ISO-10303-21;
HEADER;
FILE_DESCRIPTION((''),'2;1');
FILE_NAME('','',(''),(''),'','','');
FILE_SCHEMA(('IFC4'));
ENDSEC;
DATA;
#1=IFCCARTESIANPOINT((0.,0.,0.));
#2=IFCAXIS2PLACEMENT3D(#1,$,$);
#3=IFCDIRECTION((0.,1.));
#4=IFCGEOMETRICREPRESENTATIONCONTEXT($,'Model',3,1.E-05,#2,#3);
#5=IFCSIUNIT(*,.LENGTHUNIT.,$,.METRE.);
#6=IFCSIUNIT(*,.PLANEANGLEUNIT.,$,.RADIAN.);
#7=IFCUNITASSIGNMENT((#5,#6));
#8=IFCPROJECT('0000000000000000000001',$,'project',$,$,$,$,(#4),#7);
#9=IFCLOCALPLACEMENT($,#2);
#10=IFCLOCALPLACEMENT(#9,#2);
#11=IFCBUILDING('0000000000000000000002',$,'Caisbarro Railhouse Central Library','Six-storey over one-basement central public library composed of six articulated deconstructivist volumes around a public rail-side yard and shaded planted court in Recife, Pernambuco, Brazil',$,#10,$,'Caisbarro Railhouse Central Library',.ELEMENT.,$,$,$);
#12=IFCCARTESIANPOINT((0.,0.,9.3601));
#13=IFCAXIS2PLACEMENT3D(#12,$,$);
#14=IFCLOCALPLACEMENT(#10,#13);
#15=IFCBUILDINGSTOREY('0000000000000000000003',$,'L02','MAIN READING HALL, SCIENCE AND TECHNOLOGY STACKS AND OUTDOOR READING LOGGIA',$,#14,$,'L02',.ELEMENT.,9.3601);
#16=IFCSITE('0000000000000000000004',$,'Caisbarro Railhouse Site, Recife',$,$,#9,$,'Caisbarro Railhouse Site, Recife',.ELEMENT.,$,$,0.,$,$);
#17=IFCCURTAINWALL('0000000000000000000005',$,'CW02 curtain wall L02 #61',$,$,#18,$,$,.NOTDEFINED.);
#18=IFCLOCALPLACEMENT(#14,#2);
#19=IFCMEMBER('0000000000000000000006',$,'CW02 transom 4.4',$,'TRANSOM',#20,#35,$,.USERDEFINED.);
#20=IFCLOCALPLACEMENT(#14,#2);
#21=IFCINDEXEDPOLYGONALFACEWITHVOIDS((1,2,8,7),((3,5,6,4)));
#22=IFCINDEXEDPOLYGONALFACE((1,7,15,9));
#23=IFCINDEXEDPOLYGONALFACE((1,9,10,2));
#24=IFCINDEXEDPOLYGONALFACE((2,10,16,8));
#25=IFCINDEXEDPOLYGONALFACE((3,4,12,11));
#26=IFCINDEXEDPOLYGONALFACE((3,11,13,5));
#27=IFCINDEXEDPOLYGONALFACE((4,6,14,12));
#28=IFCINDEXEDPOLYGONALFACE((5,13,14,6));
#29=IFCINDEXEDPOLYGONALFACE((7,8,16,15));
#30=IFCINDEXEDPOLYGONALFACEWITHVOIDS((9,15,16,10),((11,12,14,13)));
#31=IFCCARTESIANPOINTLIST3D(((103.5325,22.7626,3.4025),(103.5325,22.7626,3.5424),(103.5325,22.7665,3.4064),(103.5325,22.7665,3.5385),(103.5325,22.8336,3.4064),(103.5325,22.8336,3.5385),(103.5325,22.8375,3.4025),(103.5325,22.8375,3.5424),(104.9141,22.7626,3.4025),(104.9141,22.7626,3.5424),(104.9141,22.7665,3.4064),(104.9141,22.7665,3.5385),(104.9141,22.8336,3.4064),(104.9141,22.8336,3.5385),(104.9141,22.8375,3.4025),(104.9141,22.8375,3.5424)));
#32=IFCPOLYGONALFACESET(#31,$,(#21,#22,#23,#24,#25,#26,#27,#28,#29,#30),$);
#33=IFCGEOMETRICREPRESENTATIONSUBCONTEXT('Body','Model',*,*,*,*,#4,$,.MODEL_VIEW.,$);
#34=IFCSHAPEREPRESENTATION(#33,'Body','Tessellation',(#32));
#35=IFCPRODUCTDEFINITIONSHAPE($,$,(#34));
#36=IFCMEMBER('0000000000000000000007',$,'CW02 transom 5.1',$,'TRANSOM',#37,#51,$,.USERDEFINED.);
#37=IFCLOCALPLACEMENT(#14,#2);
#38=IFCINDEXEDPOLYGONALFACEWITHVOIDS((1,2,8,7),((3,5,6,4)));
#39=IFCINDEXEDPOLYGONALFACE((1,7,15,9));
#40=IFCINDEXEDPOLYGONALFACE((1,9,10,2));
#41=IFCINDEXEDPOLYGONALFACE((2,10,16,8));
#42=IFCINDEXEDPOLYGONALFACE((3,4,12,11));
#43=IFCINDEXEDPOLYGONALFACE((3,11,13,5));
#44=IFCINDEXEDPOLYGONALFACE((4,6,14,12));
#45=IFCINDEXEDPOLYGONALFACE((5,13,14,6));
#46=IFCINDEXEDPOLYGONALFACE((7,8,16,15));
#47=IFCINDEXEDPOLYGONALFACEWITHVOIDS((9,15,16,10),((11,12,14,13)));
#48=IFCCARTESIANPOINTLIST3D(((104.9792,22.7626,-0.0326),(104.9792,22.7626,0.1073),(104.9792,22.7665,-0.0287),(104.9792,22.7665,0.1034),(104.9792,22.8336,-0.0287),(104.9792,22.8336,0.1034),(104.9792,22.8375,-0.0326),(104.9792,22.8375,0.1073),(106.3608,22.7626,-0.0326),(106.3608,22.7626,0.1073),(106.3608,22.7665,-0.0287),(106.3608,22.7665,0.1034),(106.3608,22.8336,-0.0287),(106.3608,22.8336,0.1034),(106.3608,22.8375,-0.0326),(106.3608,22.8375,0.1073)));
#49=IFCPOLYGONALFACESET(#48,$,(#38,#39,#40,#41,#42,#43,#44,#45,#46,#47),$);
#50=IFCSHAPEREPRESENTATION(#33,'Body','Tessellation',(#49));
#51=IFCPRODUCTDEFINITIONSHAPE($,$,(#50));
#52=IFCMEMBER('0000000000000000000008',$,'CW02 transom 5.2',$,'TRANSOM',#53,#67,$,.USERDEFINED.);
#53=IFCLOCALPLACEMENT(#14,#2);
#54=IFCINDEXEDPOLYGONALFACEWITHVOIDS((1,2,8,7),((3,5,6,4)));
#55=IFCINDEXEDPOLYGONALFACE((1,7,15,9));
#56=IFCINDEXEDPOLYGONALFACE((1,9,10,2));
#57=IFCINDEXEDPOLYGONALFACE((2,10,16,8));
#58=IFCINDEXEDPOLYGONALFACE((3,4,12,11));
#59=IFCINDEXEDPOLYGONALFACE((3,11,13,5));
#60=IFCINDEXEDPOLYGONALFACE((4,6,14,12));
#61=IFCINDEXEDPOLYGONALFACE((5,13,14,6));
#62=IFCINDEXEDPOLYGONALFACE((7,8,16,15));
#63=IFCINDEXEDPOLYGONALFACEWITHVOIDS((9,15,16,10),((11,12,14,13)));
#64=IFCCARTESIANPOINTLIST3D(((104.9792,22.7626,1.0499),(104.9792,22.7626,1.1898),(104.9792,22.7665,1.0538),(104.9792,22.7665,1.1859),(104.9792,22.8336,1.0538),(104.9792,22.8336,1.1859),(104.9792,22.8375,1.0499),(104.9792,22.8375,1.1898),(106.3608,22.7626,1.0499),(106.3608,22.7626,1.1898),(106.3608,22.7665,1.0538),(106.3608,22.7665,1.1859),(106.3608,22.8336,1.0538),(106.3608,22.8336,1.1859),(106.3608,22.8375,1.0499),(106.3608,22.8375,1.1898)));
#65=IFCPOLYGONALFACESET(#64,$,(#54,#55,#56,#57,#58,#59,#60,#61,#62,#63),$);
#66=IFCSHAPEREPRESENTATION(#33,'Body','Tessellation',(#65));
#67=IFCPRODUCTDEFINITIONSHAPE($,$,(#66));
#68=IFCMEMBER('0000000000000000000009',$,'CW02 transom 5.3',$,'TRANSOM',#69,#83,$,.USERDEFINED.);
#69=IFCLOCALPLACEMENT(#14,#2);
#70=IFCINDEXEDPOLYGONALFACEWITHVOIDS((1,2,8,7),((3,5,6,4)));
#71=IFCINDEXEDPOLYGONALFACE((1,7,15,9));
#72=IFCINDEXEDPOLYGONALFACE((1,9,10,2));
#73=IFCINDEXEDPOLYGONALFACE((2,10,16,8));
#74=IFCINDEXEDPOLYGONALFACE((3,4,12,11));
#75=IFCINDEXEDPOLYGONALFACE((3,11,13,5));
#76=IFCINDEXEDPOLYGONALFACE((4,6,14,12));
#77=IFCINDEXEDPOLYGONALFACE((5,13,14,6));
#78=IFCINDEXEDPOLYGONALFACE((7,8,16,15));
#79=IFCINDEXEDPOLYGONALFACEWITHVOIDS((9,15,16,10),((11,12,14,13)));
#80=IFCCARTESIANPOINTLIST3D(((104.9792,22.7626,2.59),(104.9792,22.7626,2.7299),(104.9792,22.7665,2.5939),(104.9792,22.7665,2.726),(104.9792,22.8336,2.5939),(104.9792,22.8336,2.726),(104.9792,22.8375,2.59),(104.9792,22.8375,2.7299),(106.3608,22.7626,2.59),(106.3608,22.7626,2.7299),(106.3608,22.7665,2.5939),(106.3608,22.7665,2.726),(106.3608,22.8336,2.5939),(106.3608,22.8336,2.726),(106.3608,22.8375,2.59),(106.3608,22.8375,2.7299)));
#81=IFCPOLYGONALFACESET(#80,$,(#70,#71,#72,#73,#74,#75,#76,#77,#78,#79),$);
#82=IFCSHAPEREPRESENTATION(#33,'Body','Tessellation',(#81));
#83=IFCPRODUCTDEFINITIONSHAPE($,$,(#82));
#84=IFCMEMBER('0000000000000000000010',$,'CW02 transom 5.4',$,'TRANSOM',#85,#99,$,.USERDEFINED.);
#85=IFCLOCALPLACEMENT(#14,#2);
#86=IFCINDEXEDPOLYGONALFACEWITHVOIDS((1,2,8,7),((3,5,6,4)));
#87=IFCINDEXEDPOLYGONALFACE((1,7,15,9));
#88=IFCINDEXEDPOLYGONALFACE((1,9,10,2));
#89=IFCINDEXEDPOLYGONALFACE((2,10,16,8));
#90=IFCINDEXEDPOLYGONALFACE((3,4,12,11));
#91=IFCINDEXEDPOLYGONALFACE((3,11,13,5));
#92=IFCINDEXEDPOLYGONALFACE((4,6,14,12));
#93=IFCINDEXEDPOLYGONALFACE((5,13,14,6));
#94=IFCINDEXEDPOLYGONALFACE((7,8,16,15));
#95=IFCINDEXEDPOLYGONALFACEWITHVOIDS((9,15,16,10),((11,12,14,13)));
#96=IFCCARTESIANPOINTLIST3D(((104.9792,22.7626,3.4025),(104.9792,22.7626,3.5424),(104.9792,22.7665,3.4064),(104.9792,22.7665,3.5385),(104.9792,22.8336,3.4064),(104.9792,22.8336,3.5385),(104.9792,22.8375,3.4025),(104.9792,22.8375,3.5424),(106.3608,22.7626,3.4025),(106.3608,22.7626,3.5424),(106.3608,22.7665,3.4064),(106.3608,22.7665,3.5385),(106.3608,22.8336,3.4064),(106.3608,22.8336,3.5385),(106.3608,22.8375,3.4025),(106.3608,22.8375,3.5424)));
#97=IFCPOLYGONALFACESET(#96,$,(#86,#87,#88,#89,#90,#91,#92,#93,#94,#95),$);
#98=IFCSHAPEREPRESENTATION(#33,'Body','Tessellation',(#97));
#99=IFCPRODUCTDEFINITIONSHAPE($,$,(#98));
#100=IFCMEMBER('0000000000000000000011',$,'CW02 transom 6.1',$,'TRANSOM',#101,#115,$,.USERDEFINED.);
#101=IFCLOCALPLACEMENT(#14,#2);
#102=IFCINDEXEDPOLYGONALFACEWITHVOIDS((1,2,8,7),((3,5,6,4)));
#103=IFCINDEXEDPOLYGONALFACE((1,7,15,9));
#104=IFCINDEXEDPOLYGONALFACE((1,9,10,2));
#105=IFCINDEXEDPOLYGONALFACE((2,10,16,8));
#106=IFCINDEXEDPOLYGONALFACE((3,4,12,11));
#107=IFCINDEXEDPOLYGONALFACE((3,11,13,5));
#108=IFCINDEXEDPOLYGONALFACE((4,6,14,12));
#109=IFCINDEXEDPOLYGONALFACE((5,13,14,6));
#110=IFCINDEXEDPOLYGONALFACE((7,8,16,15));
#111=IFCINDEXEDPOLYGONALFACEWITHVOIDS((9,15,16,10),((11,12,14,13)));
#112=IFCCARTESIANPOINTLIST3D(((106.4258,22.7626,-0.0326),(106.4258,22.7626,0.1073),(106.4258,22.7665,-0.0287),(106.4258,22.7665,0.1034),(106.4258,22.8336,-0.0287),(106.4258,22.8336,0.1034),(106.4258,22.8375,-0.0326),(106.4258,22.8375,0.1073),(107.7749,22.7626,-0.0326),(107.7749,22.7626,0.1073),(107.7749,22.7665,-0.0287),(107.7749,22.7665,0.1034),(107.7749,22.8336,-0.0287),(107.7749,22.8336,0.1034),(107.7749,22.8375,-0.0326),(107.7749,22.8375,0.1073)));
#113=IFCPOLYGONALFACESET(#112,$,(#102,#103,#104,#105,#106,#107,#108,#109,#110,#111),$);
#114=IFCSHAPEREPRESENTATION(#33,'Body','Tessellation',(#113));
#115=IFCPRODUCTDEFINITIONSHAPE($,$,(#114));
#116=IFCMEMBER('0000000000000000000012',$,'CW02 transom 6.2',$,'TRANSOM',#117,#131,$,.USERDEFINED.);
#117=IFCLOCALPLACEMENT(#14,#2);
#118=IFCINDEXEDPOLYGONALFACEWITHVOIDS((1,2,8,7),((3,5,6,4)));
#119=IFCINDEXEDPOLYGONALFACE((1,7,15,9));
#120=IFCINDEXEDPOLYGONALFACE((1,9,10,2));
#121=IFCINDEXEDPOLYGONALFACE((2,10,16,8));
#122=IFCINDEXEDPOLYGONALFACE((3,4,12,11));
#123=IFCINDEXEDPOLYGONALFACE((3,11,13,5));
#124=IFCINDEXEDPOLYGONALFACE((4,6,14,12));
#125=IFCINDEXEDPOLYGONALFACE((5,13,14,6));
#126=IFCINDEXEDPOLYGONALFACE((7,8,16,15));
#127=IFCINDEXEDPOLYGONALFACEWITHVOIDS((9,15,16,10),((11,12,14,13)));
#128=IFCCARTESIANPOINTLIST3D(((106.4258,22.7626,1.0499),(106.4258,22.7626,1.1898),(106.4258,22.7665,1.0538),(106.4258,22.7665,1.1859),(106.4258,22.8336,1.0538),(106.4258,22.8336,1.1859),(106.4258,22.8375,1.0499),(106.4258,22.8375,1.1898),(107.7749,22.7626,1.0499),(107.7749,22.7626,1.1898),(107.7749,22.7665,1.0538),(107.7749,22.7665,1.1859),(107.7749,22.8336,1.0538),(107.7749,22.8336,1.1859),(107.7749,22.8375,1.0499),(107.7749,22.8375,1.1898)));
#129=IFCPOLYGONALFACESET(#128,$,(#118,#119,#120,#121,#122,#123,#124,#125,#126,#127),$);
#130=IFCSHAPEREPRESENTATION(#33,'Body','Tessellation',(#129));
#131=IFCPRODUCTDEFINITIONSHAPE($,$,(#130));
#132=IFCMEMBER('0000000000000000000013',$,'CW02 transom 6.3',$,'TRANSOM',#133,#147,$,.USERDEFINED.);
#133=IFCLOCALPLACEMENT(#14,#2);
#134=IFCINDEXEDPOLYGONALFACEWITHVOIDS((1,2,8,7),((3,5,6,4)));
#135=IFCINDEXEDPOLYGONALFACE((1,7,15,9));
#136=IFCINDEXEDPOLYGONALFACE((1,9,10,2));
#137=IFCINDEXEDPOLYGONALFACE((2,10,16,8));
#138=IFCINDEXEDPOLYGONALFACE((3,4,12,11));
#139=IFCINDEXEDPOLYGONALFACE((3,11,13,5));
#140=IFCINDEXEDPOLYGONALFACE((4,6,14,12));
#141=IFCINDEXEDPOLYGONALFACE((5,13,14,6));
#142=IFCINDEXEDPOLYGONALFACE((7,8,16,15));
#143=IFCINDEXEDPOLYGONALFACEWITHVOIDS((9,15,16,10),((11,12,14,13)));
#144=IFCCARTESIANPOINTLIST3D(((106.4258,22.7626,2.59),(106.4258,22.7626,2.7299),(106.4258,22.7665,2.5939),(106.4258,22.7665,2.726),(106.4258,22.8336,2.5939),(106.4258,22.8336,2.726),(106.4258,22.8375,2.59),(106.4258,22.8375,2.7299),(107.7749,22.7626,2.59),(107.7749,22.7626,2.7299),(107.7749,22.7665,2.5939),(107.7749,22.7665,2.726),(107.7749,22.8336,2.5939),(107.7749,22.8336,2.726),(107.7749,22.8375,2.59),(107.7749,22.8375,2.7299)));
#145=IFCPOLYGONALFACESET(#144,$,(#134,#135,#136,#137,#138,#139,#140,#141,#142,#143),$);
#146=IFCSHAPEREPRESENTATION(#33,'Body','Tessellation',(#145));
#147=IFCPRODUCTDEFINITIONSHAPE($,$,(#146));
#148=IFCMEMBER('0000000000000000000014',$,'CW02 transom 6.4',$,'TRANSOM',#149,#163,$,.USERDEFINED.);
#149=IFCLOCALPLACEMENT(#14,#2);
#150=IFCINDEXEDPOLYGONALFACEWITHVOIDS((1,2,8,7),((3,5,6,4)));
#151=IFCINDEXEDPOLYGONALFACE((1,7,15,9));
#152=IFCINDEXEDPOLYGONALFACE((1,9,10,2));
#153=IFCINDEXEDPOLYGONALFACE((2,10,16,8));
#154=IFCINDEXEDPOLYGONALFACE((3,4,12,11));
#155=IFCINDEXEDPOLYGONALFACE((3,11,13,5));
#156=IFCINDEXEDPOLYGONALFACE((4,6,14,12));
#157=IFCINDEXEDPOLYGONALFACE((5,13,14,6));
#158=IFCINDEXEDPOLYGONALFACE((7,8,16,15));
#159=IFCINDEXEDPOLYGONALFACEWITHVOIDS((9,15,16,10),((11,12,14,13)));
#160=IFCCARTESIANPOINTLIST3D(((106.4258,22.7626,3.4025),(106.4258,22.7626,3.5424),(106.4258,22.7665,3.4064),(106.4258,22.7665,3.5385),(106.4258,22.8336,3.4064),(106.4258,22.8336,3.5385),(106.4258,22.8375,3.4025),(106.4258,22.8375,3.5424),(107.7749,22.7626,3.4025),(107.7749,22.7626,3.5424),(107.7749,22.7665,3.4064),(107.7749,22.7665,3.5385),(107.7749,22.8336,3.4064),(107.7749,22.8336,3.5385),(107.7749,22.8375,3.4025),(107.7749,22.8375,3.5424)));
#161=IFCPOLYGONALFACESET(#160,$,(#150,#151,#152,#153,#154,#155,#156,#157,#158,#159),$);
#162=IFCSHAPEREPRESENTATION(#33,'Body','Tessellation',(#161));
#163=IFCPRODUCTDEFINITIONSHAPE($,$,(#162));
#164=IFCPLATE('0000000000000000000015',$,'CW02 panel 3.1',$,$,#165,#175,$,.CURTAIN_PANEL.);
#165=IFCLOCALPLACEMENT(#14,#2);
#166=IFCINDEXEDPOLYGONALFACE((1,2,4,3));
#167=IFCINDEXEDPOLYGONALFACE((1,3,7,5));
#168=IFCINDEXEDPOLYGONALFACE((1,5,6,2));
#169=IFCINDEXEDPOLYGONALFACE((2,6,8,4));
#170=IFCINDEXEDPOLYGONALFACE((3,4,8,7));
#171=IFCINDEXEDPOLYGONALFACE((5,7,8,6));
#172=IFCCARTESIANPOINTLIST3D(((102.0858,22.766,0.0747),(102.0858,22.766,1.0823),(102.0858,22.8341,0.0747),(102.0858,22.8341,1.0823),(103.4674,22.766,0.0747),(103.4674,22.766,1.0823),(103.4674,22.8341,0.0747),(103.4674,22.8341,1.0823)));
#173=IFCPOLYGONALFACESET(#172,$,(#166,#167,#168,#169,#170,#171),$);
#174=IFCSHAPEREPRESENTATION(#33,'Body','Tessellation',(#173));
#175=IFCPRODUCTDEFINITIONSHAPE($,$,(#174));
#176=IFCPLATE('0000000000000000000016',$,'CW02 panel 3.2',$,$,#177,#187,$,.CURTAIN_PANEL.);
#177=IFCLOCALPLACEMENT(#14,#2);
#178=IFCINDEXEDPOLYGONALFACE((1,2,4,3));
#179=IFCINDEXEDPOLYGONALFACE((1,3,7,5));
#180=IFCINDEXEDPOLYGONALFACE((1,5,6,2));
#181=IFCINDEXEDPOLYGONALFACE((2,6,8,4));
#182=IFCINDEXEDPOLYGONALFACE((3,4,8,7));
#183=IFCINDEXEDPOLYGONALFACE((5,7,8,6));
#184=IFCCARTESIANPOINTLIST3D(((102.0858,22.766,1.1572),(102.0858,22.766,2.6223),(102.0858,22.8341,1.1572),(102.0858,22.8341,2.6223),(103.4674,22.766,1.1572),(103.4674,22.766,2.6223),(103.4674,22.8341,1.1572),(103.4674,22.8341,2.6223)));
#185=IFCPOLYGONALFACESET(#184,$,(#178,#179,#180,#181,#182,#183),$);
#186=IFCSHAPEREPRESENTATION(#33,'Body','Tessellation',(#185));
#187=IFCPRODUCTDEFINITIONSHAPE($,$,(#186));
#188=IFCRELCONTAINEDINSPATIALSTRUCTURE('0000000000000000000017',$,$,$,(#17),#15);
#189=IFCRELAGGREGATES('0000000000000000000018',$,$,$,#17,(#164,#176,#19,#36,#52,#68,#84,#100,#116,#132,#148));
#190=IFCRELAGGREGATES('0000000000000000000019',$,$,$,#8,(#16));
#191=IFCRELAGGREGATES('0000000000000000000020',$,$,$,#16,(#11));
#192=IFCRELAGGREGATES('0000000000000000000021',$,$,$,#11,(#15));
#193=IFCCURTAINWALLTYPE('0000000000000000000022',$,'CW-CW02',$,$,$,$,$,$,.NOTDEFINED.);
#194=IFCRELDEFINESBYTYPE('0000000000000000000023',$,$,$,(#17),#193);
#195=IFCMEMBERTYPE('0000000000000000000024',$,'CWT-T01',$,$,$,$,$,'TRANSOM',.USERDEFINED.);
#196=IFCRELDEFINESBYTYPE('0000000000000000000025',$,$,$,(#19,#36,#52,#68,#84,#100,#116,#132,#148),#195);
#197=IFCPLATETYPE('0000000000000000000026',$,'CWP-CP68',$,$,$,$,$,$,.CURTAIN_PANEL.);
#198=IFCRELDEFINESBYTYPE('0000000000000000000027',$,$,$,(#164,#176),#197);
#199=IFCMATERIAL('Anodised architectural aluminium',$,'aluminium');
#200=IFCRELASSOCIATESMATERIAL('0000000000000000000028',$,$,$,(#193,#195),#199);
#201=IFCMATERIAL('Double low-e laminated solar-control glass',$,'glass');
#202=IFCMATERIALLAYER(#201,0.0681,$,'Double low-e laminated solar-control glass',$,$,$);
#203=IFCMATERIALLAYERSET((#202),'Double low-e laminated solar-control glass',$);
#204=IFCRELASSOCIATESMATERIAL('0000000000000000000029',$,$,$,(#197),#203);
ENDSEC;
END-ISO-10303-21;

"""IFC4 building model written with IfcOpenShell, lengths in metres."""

from ifc_helpers import new_model, si_unit, direction, frame, origin, origin_2d, place, context, subcontext, project, spatial, rectangle, hollow_rectangle, extrude, material, layer, layer_set, material_profile, profile_set, type_object, element, aggregate, save


model = new_model("IFC4")

# Units and contexts
model_context = context("Model", 3, precision=1e-05, world=origin(), true_north=direction((0.0, 1.0)))
body_context = subcontext(model_context, "Body", "Model", "MODEL_VIEW")
ifc_project = project(units=[si_unit("LENGTHUNIT", "METRE"), si_unit("PLANEANGLEUNIT", "RADIAN")], contexts=[model_context])

# Site, building, storey
site_placement = place(None, origin())
site = spatial("IfcSite", under=ifc_project, at=site_placement, Name="Caisbarro Railhouse Site, Recife", LongName="Caisbarro Railhouse Site, Recife", CompositionType="ELEMENT", RefElevation=0.0)
building_placement = place(site_placement, origin())
building = spatial("IfcBuilding", under=site, at=building_placement, Name="Caisbarro Railhouse Central Library", Description="Six-storey over one-basement central public library composed of six articulated deconstructivist volumes around a public rail-side yard and shaded planted court in Recife, Pernambuco, Brazil", LongName="Caisbarro Railhouse Central Library", CompositionType="ELEMENT")
storey_placement = place(building_placement, frame((0.0, 0.0, 9.3601)))
storey = spatial("IfcBuildingStorey", under=building, at=storey_placement, Name="L02", Description="MAIN READING HALL, SCIENCE AND TECHNOLOGY STACKS AND OUTDOOR READING LOGGIA", LongName="L02", CompositionType="ELEMENT", Elevation=9.3601)

# Curtain wall, members, plates
ifc_material_1 = material(Name="Anodised architectural aluminium", Category="aluminium")
curtain_wall_type = type_object("IfcCurtainWallType", Name="CW-CW02", PredefinedType="NOTDEFINED", material=ifc_material_1)
curtain_wall_placement = place(storey_placement, origin())
curtain_wall = element("IfcCurtainWall", 1, at=curtain_wall_placement, inside=storey, type_object=curtain_wall_type, Name="CW02 curtain wall L02 #61", PredefinedType="NOTDEFINED")
ifc_material_profile_1 = material_profile(ifc_material_1, hollow_rectangle(XDim=0.075, YDim=0.1399, WallThickness=0.0039, at=origin_2d()), Name="ALU-TRN-75X140")
ifc_profile_set_1 = profile_set([ifc_material_profile_1], Name="Anodised architectural aluminium")
member_type_1 = type_object("IfcMemberType", Name="CWT-T01", ElementType="TRANSOM", PredefinedType="USERDEFINED", material=ifc_profile_set_1)
member_1_placement = place(storey_placement, frame((103.5325, 22.8, 3.4724), z_axis=(1.0, 0.0, 0.0), x_axis=(0.0, 1.0, 0.0)))
member_1 = element("IfcMember", 2, at=member_1_placement, type_object=member_type_1, Name="CW02 transom 4.4", ObjectType="TRANSOM", PredefinedType="USERDEFINED", context=body_context, shape_type="SweptSolid", body=[
    extrude(hollow_rectangle(XDim=0.075, YDim=0.1399, WallThickness=0.0039, at=origin_2d()), origin(), (0.0, 0.0, 1.0), 1.3816),
])
member_2_placement = place(storey_placement, frame((104.9792, 22.8, 0.0374), z_axis=(1.0, 0.0, 0.0), x_axis=(0.0, 1.0, 0.0)))
member_2 = element("IfcMember", 3, at=member_2_placement, type_object=member_type_1, Name="CW02 transom 5.1", ObjectType="TRANSOM", PredefinedType="USERDEFINED", context=body_context, shape_type="SweptSolid", body=[
    extrude(hollow_rectangle(XDim=0.075, YDim=0.1399, WallThickness=0.0039, at=origin_2d()), origin(), (0.0, 0.0, 1.0), 1.3816),
])
member_3_placement = place(storey_placement, frame((104.9792, 22.8, 1.1199), z_axis=(1.0, 0.0, 0.0), x_axis=(0.0, 1.0, 0.0)))
member_3 = element("IfcMember", 4, at=member_3_placement, type_object=member_type_1, Name="CW02 transom 5.2", ObjectType="TRANSOM", PredefinedType="USERDEFINED", context=body_context, shape_type="SweptSolid", body=[
    extrude(hollow_rectangle(XDim=0.075, YDim=0.1399, WallThickness=0.0039, at=origin_2d()), origin(), (0.0, 0.0, 1.0), 1.3816),
])
member_4_placement = place(storey_placement, frame((104.9792, 22.8, 2.6599), z_axis=(1.0, 0.0, 0.0), x_axis=(0.0, 1.0, 0.0)))
member_4 = element("IfcMember", 5, at=member_4_placement, type_object=member_type_1, Name="CW02 transom 5.3", ObjectType="TRANSOM", PredefinedType="USERDEFINED", context=body_context, shape_type="SweptSolid", body=[
    extrude(hollow_rectangle(XDim=0.075, YDim=0.1399, WallThickness=0.0039, at=origin_2d()), origin(), (0.0, 0.0, 1.0), 1.3816),
])
member_5_placement = place(storey_placement, frame((104.9792, 22.8, 3.4724), z_axis=(1.0, 0.0, 0.0), x_axis=(0.0, 1.0, 0.0)))
member_5 = element("IfcMember", 6, at=member_5_placement, type_object=member_type_1, Name="CW02 transom 5.4", ObjectType="TRANSOM", PredefinedType="USERDEFINED", context=body_context, shape_type="SweptSolid", body=[
    extrude(hollow_rectangle(XDim=0.075, YDim=0.1399, WallThickness=0.0039, at=origin_2d()), origin(), (0.0, 0.0, 1.0), 1.3816),
])
member_6_placement = place(storey_placement, frame((106.4258, 22.8, 0.0374), z_axis=(1.0, 0.0, 0.0), x_axis=(0.0, 1.0, 0.0)))
member_6 = element("IfcMember", 7, at=member_6_placement, type_object=member_type_1, Name="CW02 transom 6.1", ObjectType="TRANSOM", PredefinedType="USERDEFINED", context=body_context, shape_type="SweptSolid", body=[
    extrude(hollow_rectangle(XDim=0.075, YDim=0.1399, WallThickness=0.0039, at=origin_2d()), origin(), (0.0, 0.0, 1.0), 1.3491),
])
member_7_placement = place(storey_placement, frame((106.4258, 22.8, 1.1199), z_axis=(1.0, 0.0, 0.0), x_axis=(0.0, 1.0, 0.0)))
member_7 = element("IfcMember", 8, at=member_7_placement, type_object=member_type_1, Name="CW02 transom 6.2", ObjectType="TRANSOM", PredefinedType="USERDEFINED", context=body_context, shape_type="SweptSolid", body=[
    extrude(hollow_rectangle(XDim=0.075, YDim=0.1399, WallThickness=0.0039, at=origin_2d()), origin(), (0.0, 0.0, 1.0), 1.3491),
])
member_8_placement = place(storey_placement, frame((106.4258, 22.8, 2.6599), z_axis=(1.0, 0.0, 0.0), x_axis=(0.0, 1.0, 0.0)))
member_8 = element("IfcMember", 9, at=member_8_placement, type_object=member_type_1, Name="CW02 transom 6.3", ObjectType="TRANSOM", PredefinedType="USERDEFINED", context=body_context, shape_type="SweptSolid", body=[
    extrude(hollow_rectangle(XDim=0.075, YDim=0.1399, WallThickness=0.0039, at=origin_2d()), origin(), (0.0, 0.0, 1.0), 1.3491),
])
member_9_placement = place(storey_placement, frame((106.4258, 22.8, 3.4724), z_axis=(1.0, 0.0, 0.0), x_axis=(0.0, 1.0, 0.0)))
member_9 = element("IfcMember", 10, at=member_9_placement, type_object=member_type_1, Name="CW02 transom 6.4", ObjectType="TRANSOM", PredefinedType="USERDEFINED", context=body_context, shape_type="SweptSolid", body=[
    extrude(hollow_rectangle(XDim=0.075, YDim=0.1399, WallThickness=0.0039, at=origin_2d()), origin(), (0.0, 0.0, 1.0), 1.3491),
])
ifc_material_2 = material(Name="Double low-e laminated solar-control glass", Category="glass")
ifc_layer = layer(ifc_material_2, 0.0681, Name="Double low-e laminated solar-control glass")
ifc_layer_set = layer_set([ifc_layer], Name="Double low-e laminated solar-control glass")
plate_type = type_object("IfcPlateType", Name="CWP-CP68", PredefinedType="CURTAIN_PANEL", material=ifc_layer_set)
plate_1_placement = place(storey_placement, frame((102.7766, 22.8, 0.0747), z_axis=(0.0, 0.0, 1.0), x_axis=(1.0, 0.0, 0.0)))
plate_1 = element("IfcPlate", 11, at=plate_1_placement, type_object=plate_type, Name="CW02 panel 3.1", PredefinedType="CURTAIN_PANEL", context=body_context, shape_type="SweptSolid", body=[
    extrude(rectangle(XDim=1.3816, YDim=0.0681, at=origin_2d()), origin(), (0.0, 0.0, 1.0), 1.0076),
])
plate_2_placement = place(storey_placement, frame((102.7766, 22.8, 1.1572), z_axis=(0.0, 0.0, 1.0), x_axis=(1.0, 0.0, 0.0)))
plate_2 = element("IfcPlate", 12, at=plate_2_placement, type_object=plate_type, Name="CW02 panel 3.2", PredefinedType="CURTAIN_PANEL", context=body_context, shape_type="SweptSolid", body=[
    extrude(rectangle(XDim=1.3816, YDim=0.0681, at=origin_2d()), origin(), (0.0, 0.0, 1.0), 1.4651),
])
aggregate(curtain_wall, [plate_1, plate_2, member_1, member_2, member_3, member_4, member_5, member_6, member_7, member_8, member_9])

save(model, "model.ifc")
